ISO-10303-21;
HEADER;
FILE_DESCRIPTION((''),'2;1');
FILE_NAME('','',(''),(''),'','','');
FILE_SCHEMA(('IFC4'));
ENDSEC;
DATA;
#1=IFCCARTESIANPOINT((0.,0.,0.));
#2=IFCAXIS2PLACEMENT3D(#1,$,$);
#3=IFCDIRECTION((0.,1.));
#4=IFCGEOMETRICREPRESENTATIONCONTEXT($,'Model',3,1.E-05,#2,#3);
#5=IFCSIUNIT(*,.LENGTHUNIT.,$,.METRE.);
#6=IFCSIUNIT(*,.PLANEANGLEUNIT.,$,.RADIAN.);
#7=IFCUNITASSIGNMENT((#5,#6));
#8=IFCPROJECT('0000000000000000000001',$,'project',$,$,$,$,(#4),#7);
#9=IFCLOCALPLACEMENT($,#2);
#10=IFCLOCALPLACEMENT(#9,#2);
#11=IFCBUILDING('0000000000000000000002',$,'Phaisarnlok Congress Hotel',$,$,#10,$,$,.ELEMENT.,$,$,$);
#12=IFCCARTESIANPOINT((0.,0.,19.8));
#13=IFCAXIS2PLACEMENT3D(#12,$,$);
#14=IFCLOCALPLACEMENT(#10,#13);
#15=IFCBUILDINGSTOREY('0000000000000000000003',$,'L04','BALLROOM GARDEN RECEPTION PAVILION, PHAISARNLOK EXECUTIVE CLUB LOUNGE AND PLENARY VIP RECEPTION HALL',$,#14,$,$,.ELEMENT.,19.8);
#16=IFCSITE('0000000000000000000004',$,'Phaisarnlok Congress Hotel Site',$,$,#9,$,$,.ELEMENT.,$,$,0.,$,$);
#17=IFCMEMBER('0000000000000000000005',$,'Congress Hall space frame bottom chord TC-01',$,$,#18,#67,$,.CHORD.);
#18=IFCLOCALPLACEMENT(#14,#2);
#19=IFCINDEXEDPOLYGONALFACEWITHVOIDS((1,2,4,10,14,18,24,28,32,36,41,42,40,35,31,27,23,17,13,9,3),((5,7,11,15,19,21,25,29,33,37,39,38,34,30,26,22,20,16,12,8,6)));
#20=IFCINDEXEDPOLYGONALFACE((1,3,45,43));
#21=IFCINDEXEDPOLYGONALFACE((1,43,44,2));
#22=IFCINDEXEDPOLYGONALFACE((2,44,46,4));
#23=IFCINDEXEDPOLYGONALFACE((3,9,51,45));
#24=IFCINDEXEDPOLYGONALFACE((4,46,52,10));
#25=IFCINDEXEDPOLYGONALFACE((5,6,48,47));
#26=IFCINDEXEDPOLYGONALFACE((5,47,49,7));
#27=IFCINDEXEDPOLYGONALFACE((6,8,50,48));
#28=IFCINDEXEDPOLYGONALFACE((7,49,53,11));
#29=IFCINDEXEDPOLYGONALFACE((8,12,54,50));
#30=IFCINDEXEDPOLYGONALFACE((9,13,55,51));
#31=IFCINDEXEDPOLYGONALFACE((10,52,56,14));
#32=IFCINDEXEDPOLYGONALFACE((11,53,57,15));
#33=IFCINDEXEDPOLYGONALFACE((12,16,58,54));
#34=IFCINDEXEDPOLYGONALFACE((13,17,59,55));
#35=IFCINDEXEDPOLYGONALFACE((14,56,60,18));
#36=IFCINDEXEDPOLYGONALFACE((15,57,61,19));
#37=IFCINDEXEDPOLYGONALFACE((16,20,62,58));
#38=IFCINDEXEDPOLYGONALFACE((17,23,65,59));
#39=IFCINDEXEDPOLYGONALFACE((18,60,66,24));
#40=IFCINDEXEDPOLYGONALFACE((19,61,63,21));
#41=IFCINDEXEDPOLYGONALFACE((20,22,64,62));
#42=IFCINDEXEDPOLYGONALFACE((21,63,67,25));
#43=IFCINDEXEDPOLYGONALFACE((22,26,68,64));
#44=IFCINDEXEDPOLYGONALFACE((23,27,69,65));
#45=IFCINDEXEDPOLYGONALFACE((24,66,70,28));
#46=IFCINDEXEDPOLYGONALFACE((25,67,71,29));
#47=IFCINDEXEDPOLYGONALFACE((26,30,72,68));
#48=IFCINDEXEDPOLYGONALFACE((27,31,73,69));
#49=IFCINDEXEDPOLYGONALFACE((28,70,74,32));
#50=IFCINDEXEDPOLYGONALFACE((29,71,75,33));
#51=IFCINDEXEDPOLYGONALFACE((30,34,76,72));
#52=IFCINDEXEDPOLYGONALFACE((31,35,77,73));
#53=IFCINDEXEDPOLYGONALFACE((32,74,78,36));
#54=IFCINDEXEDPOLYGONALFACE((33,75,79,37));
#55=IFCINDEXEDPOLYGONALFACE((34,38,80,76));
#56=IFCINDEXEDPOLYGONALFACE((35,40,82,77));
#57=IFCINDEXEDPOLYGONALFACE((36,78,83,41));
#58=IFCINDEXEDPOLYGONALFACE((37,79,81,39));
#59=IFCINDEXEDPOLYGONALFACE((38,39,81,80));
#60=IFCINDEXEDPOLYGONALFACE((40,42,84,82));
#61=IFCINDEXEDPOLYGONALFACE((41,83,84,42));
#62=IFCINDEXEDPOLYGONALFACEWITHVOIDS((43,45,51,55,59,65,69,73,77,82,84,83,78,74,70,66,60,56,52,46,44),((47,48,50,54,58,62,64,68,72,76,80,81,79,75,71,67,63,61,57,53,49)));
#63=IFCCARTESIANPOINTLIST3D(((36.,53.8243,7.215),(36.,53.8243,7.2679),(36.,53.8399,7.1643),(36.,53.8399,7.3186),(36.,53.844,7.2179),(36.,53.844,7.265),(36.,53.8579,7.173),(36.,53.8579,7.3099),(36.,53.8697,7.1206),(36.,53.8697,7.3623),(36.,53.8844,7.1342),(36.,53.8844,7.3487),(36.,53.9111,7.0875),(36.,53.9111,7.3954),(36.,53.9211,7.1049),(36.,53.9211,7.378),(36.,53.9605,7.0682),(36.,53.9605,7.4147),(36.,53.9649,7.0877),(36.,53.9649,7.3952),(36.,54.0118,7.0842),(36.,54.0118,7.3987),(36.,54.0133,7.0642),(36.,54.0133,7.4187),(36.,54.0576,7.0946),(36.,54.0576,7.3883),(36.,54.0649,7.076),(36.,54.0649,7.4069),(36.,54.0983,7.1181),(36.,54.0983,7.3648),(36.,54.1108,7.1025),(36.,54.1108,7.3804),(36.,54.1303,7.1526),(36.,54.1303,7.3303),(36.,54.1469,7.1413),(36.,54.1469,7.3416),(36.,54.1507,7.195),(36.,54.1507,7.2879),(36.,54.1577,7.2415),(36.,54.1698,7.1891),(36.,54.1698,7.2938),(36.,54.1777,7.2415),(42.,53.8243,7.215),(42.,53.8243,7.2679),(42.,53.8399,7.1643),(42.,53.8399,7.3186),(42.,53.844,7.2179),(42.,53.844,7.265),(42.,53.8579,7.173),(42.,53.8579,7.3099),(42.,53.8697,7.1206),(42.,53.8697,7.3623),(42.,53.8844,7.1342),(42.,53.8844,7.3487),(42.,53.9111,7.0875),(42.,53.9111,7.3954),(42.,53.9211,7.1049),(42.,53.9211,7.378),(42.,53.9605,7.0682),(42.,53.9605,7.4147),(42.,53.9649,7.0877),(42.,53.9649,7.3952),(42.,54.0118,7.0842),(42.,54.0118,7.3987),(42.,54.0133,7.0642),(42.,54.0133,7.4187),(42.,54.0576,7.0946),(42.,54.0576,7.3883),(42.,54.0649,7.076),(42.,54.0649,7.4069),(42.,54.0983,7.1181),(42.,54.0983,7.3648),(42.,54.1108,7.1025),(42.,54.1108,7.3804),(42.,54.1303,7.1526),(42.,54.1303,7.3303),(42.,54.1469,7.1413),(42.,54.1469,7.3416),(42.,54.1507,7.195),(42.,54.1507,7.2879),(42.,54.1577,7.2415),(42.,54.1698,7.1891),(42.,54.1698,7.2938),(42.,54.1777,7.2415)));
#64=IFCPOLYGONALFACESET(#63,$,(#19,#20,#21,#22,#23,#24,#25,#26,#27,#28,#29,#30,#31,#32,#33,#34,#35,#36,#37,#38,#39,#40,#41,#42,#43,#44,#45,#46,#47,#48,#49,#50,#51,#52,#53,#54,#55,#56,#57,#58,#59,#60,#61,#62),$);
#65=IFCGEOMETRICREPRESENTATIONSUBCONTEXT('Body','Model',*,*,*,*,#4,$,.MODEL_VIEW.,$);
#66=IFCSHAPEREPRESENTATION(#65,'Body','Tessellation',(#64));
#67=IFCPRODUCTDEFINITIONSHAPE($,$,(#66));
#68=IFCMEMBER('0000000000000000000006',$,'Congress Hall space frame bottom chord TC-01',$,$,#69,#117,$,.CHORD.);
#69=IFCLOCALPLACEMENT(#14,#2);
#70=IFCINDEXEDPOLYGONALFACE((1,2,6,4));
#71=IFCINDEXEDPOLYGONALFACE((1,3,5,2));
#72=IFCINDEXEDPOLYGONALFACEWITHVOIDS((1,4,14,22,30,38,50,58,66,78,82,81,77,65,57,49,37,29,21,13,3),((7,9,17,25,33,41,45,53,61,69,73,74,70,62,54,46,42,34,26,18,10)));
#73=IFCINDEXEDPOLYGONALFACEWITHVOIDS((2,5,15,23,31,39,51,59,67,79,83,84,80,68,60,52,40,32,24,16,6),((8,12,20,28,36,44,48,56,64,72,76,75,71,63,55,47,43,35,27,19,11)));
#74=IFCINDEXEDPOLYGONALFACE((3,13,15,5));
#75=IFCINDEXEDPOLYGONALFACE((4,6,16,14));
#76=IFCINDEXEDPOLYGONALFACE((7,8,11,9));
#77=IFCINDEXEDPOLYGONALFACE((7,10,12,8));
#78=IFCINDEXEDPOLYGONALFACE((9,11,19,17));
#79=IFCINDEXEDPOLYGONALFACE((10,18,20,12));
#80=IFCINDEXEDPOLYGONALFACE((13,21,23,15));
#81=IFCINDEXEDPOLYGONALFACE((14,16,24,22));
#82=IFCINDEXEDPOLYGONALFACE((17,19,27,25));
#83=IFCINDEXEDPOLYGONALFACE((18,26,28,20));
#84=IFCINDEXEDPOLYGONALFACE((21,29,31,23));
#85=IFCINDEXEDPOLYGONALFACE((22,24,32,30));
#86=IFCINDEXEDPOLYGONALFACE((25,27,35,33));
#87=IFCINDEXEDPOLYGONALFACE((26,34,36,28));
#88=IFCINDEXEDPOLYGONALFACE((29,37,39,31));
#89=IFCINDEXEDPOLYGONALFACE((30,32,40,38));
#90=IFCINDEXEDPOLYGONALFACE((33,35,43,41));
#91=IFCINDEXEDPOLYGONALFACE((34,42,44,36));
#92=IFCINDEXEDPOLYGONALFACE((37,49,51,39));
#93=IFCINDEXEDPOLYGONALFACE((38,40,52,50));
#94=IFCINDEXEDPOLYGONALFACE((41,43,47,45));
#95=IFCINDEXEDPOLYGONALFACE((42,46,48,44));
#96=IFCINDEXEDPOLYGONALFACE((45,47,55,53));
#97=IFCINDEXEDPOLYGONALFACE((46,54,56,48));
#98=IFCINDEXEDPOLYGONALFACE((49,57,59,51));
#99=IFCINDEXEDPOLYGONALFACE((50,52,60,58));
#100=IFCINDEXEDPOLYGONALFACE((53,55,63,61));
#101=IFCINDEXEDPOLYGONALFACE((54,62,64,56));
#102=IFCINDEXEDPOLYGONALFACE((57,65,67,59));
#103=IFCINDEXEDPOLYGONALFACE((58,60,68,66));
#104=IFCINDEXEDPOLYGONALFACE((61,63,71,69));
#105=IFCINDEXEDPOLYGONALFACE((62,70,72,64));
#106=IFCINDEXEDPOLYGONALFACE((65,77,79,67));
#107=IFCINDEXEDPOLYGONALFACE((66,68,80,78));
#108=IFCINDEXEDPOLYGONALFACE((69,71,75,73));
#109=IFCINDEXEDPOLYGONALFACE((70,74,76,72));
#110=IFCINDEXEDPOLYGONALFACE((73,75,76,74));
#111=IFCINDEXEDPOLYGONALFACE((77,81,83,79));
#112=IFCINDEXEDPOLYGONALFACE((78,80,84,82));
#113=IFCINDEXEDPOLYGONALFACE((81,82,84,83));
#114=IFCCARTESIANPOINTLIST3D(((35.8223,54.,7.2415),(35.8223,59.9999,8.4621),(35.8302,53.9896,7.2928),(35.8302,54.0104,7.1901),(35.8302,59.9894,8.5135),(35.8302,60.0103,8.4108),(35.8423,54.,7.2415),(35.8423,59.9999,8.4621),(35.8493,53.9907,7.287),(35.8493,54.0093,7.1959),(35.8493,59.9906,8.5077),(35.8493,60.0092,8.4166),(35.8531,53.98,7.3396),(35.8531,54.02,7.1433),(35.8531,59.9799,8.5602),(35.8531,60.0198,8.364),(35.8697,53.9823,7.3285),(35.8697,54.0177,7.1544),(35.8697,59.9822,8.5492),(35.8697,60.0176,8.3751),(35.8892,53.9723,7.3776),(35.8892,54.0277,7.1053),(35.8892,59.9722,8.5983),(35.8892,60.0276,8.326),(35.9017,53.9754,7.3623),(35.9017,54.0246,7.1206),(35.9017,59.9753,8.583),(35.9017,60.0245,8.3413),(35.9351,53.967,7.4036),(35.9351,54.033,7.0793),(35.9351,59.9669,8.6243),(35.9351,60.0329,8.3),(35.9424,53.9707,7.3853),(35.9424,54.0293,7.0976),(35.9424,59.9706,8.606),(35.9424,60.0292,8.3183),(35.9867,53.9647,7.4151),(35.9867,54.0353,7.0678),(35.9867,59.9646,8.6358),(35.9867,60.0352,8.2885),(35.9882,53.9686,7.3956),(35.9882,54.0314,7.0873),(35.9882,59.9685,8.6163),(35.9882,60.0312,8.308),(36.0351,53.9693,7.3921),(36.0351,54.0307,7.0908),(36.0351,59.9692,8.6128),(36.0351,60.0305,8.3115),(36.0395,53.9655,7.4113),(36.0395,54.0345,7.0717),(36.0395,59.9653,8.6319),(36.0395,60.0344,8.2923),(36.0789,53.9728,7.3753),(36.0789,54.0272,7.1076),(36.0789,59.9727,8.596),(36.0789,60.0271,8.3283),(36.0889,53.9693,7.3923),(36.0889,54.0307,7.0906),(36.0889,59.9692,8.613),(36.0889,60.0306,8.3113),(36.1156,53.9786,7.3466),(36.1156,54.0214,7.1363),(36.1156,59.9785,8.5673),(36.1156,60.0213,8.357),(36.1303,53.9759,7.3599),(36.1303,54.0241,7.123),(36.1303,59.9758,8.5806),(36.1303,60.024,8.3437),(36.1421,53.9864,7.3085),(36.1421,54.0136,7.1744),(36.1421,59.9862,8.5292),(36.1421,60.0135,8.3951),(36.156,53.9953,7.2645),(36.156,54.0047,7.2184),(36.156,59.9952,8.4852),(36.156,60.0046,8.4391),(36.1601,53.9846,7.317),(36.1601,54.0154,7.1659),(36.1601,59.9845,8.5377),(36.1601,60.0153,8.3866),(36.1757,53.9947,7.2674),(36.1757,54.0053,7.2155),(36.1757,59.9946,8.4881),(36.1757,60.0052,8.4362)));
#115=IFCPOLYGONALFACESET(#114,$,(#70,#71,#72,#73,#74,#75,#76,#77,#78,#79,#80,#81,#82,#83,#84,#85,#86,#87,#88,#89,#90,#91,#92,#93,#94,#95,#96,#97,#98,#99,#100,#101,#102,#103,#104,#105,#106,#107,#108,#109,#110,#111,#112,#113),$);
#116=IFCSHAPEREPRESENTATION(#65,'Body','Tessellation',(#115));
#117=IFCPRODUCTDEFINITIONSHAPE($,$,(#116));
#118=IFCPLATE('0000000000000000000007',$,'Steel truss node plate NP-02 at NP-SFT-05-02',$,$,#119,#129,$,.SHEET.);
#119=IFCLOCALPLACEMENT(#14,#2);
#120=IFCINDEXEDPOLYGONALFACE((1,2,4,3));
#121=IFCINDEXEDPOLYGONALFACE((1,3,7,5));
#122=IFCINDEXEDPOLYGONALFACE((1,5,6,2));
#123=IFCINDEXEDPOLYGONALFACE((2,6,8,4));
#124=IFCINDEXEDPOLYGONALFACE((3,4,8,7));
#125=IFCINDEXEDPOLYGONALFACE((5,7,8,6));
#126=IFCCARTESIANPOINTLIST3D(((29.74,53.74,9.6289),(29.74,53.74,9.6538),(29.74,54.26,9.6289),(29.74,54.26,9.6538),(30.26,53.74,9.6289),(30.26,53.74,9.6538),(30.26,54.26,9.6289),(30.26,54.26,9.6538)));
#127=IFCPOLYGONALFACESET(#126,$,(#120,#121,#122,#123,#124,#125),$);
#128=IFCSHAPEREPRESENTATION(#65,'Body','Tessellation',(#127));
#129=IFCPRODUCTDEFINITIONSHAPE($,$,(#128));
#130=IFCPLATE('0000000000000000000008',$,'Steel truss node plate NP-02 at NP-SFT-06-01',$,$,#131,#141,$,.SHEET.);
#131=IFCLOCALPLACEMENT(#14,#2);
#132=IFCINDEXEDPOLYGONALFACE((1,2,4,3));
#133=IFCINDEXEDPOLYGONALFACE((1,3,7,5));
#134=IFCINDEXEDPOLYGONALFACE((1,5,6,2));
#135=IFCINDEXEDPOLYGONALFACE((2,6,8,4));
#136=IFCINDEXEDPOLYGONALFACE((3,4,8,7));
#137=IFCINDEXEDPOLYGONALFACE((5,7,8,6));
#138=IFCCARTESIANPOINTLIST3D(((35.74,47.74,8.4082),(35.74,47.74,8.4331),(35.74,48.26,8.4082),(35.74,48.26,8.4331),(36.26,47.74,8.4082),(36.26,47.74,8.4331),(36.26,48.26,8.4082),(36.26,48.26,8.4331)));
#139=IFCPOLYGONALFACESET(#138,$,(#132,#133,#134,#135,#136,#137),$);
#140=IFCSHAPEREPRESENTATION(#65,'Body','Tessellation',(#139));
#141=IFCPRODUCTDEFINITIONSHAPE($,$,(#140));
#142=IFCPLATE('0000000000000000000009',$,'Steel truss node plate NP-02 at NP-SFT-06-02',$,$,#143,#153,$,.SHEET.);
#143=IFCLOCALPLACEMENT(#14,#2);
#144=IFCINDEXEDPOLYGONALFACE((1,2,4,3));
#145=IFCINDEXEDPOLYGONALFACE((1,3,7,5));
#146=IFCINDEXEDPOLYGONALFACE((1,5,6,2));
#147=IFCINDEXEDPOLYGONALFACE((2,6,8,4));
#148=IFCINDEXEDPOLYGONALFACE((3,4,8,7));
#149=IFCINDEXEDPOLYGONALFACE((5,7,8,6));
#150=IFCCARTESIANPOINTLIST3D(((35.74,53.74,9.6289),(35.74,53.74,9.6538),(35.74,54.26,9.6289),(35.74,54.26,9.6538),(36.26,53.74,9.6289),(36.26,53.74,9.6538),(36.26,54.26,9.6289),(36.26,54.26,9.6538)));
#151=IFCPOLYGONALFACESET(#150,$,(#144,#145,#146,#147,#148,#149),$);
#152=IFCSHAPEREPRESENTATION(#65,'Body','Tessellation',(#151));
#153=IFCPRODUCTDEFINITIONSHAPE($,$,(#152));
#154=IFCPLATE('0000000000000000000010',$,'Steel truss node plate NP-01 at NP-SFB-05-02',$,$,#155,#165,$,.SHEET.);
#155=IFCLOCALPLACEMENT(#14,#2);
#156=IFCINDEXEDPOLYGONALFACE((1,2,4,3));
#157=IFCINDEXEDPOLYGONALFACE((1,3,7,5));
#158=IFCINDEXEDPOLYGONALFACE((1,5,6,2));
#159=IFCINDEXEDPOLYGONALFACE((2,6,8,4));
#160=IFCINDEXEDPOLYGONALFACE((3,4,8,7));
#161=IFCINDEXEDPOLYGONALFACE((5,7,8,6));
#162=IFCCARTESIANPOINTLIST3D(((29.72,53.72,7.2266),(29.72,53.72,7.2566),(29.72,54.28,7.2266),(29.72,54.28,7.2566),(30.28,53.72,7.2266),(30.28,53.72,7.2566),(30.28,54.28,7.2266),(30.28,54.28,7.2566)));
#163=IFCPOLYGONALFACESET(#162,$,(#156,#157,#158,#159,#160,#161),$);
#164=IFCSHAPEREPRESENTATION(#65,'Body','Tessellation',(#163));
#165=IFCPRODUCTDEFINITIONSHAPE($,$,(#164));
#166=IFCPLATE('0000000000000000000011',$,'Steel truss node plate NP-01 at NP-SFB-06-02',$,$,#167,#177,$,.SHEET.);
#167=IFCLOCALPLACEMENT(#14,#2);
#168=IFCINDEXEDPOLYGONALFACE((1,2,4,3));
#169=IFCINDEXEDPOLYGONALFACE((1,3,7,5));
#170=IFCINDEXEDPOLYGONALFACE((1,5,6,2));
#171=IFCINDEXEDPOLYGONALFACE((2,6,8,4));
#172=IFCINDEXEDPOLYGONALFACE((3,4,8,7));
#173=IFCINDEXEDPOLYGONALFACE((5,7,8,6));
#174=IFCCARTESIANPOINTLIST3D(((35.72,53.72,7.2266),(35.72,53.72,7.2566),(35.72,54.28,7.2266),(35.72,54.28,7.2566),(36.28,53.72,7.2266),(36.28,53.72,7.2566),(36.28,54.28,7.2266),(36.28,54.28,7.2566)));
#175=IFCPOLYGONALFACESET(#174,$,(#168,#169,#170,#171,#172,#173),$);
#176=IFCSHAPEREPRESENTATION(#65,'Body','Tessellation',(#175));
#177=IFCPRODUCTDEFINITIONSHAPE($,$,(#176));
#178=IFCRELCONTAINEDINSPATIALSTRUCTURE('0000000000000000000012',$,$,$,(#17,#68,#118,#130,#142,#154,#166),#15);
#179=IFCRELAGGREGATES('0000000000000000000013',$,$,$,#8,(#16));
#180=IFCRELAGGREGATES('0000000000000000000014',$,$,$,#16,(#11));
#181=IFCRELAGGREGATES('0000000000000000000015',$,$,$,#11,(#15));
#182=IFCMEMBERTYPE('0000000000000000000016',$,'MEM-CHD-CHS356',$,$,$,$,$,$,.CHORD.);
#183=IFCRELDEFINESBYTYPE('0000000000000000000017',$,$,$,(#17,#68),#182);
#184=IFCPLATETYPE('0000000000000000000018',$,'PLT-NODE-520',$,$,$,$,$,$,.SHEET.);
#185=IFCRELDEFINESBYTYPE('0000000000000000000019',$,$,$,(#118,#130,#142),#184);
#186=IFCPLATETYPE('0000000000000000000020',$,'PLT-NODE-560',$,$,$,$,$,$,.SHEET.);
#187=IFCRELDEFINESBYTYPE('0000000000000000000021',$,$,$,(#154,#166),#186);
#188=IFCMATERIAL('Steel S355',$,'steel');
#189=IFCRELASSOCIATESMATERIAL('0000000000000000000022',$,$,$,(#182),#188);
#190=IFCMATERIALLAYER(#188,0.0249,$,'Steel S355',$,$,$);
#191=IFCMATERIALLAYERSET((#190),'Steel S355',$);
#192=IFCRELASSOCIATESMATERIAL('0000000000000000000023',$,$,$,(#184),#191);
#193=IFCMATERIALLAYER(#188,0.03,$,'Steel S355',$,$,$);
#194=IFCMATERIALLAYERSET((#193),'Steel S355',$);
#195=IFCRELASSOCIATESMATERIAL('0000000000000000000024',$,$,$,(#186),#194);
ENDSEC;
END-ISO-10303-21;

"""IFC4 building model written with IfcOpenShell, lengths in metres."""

from ifc_helpers import new_model, si_unit, direction, frame, origin, origin_2d, place, context, subcontext, project, spatial, rectangle, hollow_circle, extrude, material, layer, layer_set, material_profile, profile_set, type_object, element, save


model = new_model("IFC4")

# Units and contexts
model_context = context("Model", 3, precision=1e-05, world=origin(), true_north=direction((0.0, 1.0)))
body_context = subcontext(model_context, "Body", "Model", "MODEL_VIEW")
ifc_project = project(units=[si_unit("LENGTHUNIT", "METRE"), si_unit("PLANEANGLEUNIT", "RADIAN")], contexts=[model_context])

# Site, building, storey
site_placement = place(None, origin())
site = spatial("IfcSite", under=ifc_project, at=site_placement, Name="Phaisarnlok Congress Hotel Site", CompositionType="ELEMENT", RefElevation=0.0)
building_placement = place(site_placement, origin())
building = spatial("IfcBuilding", under=site, at=building_placement, Name="Phaisarnlok Congress Hotel", CompositionType="ELEMENT")
storey_placement = place(building_placement, frame((0.0, 0.0, 19.8)))
storey = spatial("IfcBuildingStorey", under=building, at=storey_placement, Name="L04", Description="BALLROOM GARDEN RECEPTION PAVILION, PHAISARNLOK EXECUTIVE CLUB LOUNGE AND PLENARY VIP RECEPTION HALL", CompositionType="ELEMENT", Elevation=19.8)

# Members
ifc_material = material(Name="Steel S355", Category="steel")
ifc_material_profile_1 = material_profile(ifc_material, hollow_circle(Radius=0.1777, WallThickness=0.02, at=origin_2d()), Name="CHS 355.6x20")
ifc_profile_set_1 = profile_set([ifc_material_profile_1], Name="Steel S355")
member_type_1 = type_object("IfcMemberType", Name="MEM-CHD-CHS356", PredefinedType="CHORD", material=ifc_profile_set_1)
member_1_placement = place(storey_placement, frame((36.0, 54.0, 7.2415), z_axis=(1.0, 0.0, 0.0), x_axis=(0.0, 1.0, 0.0)))
element("IfcMember", 1, at=member_1_placement, inside=storey, type_object=member_type_1, Name="Congress Hall space frame bottom chord TC-01", PredefinedType="CHORD", context=body_context, shape_type="SweptSolid", body=[
    extrude(hollow_circle(Radius=0.1777, WallThickness=0.02, at=origin_2d()), origin(), (0.0, 0.0, 1.0), 6.0),
])
member_2_placement = place(storey_placement, frame((36.0, 54.0, 7.2415), z_axis=(0.0, 0.979925, 0.199366), x_axis=(-1.0, 0.0, 0.0)))
element("IfcMember", 2, at=member_2_placement, inside=storey, type_object=member_type_1, Name="Congress Hall space frame bottom chord TC-01", PredefinedType="CHORD", context=body_context, shape_type="SweptSolid", body=[
    extrude(hollow_circle(Radius=0.1777, WallThickness=0.02, at=origin_2d()), origin(), (0.0, 0.0, 1.0), 6.1228),
])

# Plates
ifc_layer_1 = layer(ifc_material, 0.0249, Name="Steel S355")
ifc_layer_set_1 = layer_set([ifc_layer_1], Name="Steel S355")
plate_type_1 = type_object("IfcPlateType", Name="PLT-NODE-520", PredefinedType="SHEET", material=ifc_layer_set_1)
for number, where, z_axis, x_axis, name in (
    (3, (30.0, 54.0, 9.6289), (0.0, 0.0, 1.0), (1.0, 0.0, 0.0), "Steel truss node plate NP-02 at NP-SFT-05-02"),
    (4, (36.0, 48.0, 8.4082), (0.0, 0.0, 1.0), (1.0, 0.0, 0.0), "Steel truss node plate NP-02 at NP-SFT-06-01"),
    (5, (36.0, 54.0, 9.6289), (0.0, 0.0, 1.0), (1.0, 0.0, 0.0), "Steel truss node plate NP-02 at NP-SFT-06-02"),
):
    element("IfcPlate", number, at=place(storey_placement, frame(where, z_axis=z_axis, x_axis=x_axis)), inside=storey, type_object=plate_type_1, Name=name, PredefinedType="SHEET", context=body_context, shape_type="SweptSolid", body=[
        extrude(rectangle(XDim=0.52, YDim=0.52, at=origin_2d()), origin(), (0.0, 0.0, 1.0), 0.0249),
    ])
ifc_layer_2 = layer(ifc_material, 0.03, Name="Steel S355")
ifc_layer_set_2 = layer_set([ifc_layer_2], Name="Steel S355")
plate_type_2 = type_object("IfcPlateType", Name="PLT-NODE-560", PredefinedType="SHEET", material=ifc_layer_set_2)
for number, where, z_axis, x_axis, name in (
    (6, (30.0, 54.0, 7.2266), (0.0, 0.0, 1.0), (1.0, 0.0, 0.0), "Steel truss node plate NP-01 at NP-SFB-05-02"),
    (7, (36.0, 54.0, 7.2266), (0.0, 0.0, 1.0), (1.0, 0.0, 0.0), "Steel truss node plate NP-01 at NP-SFB-06-02"),
):
    element("IfcPlate", number, at=place(storey_placement, frame(where, z_axis=z_axis, x_axis=x_axis)), inside=storey, type_object=plate_type_2, Name=name, PredefinedType="SHEET", context=body_context, shape_type="SweptSolid", body=[
        extrude(rectangle(XDim=0.5601, YDim=0.5601, at=origin_2d()), origin(), (0.0, 0.0, 1.0), 0.03),
    ])

save(model, "model.ifc")
